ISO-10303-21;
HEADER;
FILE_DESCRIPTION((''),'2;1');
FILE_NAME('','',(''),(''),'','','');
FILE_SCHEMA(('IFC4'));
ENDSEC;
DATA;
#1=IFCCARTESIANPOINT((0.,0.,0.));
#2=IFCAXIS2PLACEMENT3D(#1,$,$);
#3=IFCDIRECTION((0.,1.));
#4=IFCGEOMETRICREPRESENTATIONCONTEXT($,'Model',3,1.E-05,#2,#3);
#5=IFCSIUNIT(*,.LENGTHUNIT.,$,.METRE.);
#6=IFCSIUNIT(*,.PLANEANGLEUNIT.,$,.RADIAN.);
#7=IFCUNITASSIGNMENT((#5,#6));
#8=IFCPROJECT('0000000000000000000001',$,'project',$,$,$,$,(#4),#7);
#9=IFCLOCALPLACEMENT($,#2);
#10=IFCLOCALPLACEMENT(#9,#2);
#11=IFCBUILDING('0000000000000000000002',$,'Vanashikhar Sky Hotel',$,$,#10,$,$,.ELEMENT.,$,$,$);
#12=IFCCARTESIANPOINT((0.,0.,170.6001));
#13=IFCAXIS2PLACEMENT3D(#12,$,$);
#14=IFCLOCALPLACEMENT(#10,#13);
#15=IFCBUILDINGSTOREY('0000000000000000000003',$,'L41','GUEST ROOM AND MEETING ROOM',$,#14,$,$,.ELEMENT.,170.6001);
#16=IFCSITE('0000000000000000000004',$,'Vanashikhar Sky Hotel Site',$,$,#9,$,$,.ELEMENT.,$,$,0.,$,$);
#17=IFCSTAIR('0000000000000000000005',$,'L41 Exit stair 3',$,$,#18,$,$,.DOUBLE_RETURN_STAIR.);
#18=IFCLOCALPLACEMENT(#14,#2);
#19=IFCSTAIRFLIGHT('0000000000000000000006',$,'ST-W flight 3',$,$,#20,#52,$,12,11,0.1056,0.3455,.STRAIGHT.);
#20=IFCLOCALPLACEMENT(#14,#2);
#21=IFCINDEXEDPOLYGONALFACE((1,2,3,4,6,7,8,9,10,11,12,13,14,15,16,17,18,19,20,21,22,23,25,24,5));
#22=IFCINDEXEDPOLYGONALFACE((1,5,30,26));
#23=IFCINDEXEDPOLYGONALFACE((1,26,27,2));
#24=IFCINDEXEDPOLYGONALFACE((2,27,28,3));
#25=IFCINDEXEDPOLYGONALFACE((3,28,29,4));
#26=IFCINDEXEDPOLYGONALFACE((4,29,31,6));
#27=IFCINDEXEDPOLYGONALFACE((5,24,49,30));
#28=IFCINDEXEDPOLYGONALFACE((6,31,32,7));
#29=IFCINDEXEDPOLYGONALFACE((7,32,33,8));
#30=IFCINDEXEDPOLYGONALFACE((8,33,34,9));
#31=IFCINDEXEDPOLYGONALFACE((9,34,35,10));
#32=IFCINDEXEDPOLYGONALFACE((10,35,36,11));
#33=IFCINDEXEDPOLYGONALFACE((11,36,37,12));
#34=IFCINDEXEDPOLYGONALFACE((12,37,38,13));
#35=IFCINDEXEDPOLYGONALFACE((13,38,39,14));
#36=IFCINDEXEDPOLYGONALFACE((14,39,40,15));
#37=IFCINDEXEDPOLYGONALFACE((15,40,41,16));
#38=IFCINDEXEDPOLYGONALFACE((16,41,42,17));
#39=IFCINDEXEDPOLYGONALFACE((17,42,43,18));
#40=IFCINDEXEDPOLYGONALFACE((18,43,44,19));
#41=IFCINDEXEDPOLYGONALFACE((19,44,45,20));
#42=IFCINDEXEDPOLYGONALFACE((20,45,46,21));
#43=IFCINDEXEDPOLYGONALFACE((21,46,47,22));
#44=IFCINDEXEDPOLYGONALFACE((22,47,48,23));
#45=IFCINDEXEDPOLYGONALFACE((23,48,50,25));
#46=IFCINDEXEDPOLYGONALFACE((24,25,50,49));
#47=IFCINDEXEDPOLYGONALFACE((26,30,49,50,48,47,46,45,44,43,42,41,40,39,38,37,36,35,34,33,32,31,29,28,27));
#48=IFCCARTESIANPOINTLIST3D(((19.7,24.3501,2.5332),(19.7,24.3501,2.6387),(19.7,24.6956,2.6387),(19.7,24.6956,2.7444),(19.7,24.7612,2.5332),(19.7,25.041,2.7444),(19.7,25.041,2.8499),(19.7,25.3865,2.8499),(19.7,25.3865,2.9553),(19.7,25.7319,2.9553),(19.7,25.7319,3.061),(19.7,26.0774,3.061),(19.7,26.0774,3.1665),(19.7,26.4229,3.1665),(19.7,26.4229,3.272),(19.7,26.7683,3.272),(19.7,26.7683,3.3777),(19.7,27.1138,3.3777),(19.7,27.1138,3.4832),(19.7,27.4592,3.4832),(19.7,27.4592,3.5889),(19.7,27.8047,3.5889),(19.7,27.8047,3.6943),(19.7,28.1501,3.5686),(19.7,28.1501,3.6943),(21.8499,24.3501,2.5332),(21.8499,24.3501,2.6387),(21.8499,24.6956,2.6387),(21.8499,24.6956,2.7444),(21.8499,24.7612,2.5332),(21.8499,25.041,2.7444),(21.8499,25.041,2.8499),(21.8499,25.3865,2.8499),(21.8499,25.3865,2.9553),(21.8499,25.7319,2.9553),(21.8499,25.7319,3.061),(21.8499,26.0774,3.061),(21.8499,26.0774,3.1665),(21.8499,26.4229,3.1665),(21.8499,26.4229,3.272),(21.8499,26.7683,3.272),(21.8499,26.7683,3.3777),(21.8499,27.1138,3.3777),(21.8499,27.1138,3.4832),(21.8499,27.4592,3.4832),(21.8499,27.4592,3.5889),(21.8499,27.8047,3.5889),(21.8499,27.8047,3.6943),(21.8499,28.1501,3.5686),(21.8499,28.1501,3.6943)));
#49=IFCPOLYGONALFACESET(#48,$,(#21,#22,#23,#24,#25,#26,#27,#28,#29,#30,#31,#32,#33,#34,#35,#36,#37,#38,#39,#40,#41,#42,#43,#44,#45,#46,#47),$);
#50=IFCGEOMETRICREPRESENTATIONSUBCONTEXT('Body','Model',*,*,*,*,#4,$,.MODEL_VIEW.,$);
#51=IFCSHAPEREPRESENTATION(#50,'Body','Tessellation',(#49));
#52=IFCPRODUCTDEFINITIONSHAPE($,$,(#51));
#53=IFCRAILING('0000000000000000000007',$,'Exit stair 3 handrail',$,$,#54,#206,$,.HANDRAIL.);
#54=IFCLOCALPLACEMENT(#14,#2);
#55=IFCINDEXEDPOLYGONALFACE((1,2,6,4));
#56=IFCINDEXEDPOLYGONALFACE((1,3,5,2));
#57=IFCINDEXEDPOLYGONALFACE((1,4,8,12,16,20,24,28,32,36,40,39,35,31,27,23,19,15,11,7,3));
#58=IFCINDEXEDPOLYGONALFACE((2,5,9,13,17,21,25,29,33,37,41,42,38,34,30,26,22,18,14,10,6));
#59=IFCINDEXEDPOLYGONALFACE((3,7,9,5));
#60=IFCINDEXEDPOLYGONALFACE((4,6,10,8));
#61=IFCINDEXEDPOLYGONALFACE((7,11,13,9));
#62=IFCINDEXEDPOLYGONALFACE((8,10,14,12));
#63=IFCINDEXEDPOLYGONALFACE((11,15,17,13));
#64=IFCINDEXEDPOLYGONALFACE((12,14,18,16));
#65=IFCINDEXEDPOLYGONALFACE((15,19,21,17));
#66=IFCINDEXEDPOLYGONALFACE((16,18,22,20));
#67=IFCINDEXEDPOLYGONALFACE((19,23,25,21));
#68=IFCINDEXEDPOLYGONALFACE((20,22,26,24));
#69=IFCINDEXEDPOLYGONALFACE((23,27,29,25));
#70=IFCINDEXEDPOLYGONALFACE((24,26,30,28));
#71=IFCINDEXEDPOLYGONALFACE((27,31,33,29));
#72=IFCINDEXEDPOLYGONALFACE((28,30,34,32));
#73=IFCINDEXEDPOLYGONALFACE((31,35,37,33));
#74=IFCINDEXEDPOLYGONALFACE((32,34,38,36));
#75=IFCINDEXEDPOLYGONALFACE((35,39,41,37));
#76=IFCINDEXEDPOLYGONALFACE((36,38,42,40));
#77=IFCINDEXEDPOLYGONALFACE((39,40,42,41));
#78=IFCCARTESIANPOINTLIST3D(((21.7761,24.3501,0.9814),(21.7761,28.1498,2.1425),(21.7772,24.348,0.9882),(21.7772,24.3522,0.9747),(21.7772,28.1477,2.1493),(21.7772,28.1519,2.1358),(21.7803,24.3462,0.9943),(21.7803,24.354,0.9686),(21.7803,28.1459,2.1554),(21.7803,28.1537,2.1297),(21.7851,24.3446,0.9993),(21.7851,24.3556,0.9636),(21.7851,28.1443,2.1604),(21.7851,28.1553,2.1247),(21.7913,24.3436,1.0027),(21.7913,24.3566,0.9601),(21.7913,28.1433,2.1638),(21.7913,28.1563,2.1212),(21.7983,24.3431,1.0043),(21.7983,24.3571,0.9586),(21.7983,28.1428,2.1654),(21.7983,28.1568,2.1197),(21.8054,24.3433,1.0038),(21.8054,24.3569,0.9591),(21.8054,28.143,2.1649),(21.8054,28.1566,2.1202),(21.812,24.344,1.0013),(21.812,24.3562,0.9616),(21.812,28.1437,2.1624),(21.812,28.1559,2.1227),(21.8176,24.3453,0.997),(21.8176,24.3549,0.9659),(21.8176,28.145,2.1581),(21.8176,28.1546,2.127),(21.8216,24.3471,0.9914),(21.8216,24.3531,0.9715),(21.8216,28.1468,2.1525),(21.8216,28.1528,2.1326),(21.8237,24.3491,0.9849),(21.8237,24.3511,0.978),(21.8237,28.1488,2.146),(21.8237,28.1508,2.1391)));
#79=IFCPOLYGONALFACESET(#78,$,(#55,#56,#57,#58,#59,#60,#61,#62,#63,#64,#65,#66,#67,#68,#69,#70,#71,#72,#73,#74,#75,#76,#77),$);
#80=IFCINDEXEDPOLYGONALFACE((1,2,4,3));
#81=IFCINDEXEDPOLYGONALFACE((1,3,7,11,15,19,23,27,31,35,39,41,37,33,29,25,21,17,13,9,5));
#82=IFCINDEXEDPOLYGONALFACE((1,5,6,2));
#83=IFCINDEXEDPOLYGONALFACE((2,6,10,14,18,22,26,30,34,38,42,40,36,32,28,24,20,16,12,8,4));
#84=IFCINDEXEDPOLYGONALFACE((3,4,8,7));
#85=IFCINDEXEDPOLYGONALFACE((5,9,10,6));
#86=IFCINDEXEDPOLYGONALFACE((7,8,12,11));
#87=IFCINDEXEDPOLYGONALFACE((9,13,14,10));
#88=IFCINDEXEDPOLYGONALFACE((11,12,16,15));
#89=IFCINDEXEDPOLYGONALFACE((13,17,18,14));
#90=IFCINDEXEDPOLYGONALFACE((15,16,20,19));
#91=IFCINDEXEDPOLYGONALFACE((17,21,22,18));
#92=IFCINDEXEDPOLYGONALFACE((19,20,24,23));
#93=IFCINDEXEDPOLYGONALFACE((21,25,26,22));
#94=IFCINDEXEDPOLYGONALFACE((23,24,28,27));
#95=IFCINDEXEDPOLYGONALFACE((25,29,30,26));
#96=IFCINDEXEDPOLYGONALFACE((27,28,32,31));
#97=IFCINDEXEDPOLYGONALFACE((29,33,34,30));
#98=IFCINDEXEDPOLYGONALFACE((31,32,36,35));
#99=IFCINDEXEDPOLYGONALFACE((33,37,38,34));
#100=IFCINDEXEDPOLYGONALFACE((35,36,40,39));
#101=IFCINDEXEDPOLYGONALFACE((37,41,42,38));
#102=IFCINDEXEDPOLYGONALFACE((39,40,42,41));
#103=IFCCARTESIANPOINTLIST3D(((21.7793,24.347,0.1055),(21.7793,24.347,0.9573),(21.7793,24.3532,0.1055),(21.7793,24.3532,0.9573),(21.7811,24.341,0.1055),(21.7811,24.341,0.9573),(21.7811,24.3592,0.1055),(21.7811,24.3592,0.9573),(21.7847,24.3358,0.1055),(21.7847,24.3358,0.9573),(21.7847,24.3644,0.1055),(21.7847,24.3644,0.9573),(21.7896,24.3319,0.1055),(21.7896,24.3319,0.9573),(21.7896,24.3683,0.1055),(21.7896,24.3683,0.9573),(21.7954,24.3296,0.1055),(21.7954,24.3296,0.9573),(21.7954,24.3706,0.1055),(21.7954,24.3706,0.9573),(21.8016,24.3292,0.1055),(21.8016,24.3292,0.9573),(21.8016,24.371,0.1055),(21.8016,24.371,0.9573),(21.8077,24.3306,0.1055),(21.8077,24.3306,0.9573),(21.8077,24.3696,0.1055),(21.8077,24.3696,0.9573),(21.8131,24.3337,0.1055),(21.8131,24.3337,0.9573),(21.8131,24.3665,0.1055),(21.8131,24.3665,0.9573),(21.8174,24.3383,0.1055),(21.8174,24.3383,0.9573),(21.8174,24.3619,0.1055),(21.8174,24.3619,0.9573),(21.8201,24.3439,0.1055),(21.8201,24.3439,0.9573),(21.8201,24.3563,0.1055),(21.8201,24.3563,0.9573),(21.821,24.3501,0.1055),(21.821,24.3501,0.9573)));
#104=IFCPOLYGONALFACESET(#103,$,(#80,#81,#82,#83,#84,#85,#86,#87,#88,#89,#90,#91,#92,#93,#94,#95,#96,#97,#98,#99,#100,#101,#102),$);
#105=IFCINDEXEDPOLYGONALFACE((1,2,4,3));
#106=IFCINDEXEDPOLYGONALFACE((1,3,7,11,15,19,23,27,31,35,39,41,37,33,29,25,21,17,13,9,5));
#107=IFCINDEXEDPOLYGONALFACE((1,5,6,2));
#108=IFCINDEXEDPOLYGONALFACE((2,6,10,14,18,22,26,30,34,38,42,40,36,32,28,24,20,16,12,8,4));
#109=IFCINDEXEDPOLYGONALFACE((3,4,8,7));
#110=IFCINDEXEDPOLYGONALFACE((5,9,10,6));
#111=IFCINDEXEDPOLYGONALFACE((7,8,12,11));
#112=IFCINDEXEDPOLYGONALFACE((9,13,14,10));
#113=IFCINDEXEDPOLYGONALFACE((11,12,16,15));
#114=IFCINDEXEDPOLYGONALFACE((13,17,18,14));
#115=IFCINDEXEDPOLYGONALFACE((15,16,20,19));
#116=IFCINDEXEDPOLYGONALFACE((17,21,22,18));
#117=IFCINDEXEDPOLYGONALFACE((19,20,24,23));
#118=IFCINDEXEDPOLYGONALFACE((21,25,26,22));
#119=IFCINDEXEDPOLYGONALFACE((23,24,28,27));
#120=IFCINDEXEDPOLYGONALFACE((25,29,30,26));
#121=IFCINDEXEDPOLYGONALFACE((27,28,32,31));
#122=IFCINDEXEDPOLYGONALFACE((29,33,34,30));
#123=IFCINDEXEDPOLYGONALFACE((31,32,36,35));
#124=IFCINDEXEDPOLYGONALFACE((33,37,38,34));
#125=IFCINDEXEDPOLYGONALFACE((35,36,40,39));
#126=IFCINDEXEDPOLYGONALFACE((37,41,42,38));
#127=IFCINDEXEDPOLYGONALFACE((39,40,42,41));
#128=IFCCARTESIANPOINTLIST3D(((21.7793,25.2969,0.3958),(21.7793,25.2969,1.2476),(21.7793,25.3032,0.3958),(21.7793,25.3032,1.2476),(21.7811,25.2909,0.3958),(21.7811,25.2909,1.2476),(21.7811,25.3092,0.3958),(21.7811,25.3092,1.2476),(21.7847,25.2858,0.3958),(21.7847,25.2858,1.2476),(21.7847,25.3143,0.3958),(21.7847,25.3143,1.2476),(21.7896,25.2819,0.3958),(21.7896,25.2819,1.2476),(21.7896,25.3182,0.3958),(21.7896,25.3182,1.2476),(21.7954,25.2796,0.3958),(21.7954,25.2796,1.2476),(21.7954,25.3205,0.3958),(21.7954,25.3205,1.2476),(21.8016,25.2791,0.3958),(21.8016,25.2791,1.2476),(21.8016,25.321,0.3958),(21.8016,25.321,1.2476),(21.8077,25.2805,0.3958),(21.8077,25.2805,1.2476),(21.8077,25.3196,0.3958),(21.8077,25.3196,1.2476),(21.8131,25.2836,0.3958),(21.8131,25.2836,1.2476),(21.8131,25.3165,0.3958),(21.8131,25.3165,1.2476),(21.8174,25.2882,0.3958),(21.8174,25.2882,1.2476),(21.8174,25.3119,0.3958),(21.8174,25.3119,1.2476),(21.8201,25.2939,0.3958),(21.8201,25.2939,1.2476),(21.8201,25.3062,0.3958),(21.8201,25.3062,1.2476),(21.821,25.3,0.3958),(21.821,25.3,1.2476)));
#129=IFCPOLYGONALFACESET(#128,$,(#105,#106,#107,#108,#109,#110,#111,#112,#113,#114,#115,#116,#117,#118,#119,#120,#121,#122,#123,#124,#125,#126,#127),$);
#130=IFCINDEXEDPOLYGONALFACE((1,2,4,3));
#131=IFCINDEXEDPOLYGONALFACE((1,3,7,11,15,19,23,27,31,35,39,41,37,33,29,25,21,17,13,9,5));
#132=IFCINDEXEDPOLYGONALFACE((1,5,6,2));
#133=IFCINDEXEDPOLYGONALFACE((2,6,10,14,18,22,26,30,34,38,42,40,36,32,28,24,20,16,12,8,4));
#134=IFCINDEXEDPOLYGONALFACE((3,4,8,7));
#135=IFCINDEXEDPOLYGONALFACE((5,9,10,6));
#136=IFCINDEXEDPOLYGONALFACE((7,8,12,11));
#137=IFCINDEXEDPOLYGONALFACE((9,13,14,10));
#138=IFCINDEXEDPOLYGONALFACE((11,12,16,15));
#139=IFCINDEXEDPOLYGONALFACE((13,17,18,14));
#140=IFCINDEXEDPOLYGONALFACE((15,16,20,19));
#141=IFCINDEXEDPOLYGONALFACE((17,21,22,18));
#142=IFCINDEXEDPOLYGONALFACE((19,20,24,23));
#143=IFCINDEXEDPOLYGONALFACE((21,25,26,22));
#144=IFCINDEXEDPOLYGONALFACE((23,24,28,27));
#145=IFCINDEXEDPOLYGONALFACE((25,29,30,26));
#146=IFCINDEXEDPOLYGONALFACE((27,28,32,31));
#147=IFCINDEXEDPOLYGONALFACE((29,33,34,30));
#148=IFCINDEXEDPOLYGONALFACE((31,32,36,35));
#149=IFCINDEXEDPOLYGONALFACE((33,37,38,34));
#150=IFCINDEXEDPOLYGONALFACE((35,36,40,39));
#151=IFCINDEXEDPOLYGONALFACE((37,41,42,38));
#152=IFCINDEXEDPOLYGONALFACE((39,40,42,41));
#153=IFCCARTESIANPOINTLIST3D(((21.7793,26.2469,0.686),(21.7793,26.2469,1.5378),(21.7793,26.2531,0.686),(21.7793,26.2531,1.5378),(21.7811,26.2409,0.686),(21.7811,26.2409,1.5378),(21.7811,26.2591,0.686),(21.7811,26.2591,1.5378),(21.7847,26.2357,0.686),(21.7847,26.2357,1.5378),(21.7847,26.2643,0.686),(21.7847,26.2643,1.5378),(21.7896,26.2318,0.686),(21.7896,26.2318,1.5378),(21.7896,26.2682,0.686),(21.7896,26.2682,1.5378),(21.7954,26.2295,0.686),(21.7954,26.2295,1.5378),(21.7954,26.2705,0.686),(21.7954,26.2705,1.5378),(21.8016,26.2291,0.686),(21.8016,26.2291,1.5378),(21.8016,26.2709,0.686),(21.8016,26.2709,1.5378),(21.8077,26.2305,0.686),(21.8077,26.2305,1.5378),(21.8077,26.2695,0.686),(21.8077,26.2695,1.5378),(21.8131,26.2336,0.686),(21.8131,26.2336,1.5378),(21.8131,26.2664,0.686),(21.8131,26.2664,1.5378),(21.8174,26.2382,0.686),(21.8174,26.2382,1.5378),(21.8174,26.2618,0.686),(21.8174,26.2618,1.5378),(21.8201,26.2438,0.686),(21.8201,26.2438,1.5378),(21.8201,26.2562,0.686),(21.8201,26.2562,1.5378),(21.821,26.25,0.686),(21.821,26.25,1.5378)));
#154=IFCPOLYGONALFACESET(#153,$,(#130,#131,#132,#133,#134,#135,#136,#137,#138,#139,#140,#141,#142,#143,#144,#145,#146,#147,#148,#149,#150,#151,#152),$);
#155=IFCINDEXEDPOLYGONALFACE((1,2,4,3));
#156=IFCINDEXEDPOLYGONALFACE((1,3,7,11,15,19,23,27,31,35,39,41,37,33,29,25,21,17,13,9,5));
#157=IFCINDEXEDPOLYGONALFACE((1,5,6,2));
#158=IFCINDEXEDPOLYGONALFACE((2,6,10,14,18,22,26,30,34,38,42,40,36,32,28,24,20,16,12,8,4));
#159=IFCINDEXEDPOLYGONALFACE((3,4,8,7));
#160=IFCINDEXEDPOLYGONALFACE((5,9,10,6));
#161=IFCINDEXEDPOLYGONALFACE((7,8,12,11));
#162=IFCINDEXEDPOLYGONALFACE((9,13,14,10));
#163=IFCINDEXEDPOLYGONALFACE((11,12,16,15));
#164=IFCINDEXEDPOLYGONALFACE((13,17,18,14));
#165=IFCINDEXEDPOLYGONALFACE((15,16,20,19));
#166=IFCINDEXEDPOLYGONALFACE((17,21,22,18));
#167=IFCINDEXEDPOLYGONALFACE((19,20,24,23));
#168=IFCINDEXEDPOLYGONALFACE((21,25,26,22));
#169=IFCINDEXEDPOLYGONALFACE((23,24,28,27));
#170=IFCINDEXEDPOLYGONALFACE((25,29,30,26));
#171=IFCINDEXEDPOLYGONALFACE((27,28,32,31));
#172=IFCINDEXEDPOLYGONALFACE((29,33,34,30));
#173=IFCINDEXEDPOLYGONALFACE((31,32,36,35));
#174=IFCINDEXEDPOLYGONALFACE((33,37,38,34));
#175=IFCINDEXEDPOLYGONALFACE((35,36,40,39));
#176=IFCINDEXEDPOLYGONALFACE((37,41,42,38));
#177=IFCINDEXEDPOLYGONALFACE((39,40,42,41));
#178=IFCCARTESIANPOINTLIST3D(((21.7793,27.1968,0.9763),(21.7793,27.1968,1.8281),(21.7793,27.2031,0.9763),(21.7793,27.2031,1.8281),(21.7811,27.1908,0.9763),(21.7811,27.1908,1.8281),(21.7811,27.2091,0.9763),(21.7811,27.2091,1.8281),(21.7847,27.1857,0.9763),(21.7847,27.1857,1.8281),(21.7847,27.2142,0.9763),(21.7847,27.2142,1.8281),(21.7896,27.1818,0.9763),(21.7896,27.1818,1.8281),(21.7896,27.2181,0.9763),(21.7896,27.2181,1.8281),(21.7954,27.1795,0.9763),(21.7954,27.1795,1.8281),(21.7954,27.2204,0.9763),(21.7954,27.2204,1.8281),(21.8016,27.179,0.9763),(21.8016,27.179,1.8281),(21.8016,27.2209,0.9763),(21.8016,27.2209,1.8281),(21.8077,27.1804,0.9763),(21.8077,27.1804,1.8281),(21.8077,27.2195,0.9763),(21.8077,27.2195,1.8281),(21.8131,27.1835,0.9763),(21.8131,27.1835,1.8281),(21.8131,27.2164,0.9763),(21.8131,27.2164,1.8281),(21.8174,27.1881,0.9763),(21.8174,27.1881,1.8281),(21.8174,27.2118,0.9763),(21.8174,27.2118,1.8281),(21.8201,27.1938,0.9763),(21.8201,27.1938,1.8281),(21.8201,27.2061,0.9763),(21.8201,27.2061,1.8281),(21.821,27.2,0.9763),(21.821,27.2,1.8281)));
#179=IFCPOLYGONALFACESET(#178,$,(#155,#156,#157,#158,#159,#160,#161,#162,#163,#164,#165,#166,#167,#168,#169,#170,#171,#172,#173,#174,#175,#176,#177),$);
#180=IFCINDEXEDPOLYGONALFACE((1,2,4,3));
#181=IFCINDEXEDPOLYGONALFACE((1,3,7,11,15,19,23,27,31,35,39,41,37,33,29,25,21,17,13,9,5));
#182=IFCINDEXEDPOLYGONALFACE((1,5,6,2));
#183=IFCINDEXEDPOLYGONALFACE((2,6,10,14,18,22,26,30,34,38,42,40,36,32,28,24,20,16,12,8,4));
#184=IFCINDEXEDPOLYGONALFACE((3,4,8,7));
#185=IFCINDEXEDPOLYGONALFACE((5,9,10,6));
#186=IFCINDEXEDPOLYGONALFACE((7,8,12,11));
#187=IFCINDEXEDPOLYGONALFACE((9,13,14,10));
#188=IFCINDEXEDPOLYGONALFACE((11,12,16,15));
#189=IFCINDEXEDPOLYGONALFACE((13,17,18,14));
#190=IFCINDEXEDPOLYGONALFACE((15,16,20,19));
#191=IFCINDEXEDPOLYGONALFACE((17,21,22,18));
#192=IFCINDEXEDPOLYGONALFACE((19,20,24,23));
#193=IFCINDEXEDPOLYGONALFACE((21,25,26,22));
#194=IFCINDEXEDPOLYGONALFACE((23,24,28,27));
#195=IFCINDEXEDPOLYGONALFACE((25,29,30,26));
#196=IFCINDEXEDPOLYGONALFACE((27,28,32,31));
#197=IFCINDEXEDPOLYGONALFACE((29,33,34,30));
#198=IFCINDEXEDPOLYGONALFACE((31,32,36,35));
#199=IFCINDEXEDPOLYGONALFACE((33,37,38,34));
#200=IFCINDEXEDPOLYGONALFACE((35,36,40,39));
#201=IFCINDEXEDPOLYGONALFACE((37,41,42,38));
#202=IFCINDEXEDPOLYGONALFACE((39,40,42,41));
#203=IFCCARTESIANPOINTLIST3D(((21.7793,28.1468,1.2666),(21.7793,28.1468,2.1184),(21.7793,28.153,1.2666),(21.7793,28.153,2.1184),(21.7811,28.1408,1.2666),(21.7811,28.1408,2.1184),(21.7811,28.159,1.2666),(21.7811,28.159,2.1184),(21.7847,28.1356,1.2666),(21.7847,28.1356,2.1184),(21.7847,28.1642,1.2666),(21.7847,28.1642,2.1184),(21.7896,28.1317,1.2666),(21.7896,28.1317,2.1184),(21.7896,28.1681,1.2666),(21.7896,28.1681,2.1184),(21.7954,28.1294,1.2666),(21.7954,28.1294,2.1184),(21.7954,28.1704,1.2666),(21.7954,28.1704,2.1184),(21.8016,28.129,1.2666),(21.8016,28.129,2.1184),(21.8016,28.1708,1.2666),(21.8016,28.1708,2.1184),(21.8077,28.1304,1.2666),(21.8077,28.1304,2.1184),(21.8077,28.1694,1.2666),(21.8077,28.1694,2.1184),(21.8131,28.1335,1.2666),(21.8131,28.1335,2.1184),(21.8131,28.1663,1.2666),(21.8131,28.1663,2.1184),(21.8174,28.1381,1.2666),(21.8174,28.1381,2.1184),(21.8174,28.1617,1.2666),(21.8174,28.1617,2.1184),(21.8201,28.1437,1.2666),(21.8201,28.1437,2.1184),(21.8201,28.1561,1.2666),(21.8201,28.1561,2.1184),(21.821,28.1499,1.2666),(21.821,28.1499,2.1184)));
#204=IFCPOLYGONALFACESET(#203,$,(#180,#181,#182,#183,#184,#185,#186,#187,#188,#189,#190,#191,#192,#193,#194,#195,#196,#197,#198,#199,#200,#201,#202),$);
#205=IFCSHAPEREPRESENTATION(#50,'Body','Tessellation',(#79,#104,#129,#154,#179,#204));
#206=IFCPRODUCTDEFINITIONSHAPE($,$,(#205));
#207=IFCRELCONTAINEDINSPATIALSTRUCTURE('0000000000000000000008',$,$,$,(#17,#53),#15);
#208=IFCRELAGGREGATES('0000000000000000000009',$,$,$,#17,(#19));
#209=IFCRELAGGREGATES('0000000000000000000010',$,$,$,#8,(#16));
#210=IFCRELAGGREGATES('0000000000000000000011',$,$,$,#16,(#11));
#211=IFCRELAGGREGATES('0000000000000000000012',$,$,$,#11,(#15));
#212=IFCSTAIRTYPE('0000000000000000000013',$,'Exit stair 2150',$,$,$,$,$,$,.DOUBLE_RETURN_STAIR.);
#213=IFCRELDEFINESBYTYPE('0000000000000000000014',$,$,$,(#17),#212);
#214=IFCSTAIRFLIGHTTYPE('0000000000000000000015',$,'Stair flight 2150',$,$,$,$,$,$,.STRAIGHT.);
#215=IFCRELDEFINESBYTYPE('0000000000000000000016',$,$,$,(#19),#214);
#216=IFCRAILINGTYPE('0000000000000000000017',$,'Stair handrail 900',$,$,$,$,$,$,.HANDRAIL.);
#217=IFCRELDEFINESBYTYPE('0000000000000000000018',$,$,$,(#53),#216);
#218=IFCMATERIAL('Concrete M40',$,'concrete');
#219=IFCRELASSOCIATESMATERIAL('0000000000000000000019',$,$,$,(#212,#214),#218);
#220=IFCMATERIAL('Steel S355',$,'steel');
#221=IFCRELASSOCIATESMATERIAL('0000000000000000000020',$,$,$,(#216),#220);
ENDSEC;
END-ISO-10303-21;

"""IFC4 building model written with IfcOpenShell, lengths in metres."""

from ifc_helpers import new_model, si_unit, direction, frame, origin, origin_2d, place, context, subcontext, project, spatial, polyline, circle, outline, extrude, source, transform, mapped, material, type_object, element, aggregate, save


model = new_model("IFC4")

# Units and contexts
model_context = context("Model", 3, precision=1e-05, world=origin(), true_north=direction((0.0, 1.0)))
body_context = subcontext(model_context, "Body", "Model", "MODEL_VIEW")
ifc_project = project(units=[si_unit("LENGTHUNIT", "METRE"), si_unit("PLANEANGLEUNIT", "RADIAN")], contexts=[model_context])

# Site, building, storey
site_placement = place(None, origin())
site = spatial("IfcSite", under=ifc_project, at=site_placement, Name="Vanashikhar Sky Hotel Site", CompositionType="ELEMENT", RefElevation=0.0)
building_placement = place(site_placement, origin())
building = spatial("IfcBuilding", under=site, at=building_placement, Name="Vanashikhar Sky Hotel", CompositionType="ELEMENT")
storey_placement = place(building_placement, frame((0.0, 0.0, 170.6001)))
storey = spatial("IfcBuildingStorey", under=building, at=storey_placement, Name="L41", Description="GUEST ROOM AND MEETING ROOM", CompositionType="ELEMENT", Elevation=170.6001)

# Stair, stair flight
ifc_material_1 = material(Name="Concrete M40", Category="concrete")
stair_type = type_object("IfcStairType", Name="Exit stair 2150", PredefinedType="DOUBLE_RETURN_STAIR", material=ifc_material_1)
stair_placement = place(storey_placement, origin())
stair = element("IfcStair", 1, at=stair_placement, inside=storey, type_object=stair_type, Name="L41 Exit stair 3", PredefinedType="DOUBLE_RETURN_STAIR")
stair_flight_type = type_object("IfcStairFlightType", Name="Stair flight 2150", PredefinedType="STRAIGHT", material=ifc_material_1)
shared_shape_1 = source(origin(), body_context, "Body", "SweptSolid", [
    extrude(outline(polyline([(0.0, 0.0), (0.0, 0.1055), (0.3455, 0.1055), (0.3455, 0.2112), (0.6909, 0.2112), (0.6909, 0.3167), (1.0364, 0.3167), (1.0364, 0.4221), (1.3818, 0.4221), (1.3818, 0.5278), (1.7273, 0.5278), (1.7273, 0.6333), (2.0728, 0.6333), (2.0728, 0.7388), (2.4182, 0.7388), (2.4182, 0.8445), (2.7637, 0.8445), (2.7637, 0.95), (3.1091, 0.95), (3.1091, 1.0557), (3.4546, 1.0557), (3.4546, 1.1611), (3.8, 1.1611), (3.8, 1.2666), (3.8, 1.0354), (0.4111, 0.0), (0.0, 0.0)])), frame((0.0, 1.075, 0.0), z_axis=(0.0, -1.0, 0.0), x_axis=(1.0, 0.0, 0.0)), (0.0, 0.0, 1.0), 2.1499),
])
stair_flight_1_placement = place(storey_placement, frame((20.7749, 24.3501, 2.5332), z_axis=(0.0, 0.0, 1.0), x_axis=(0.0, 1.0, 0.0)))
stair_flight_1 = element("IfcStairFlight", 2, at=stair_flight_1_placement, type_object=stair_flight_type, Name="ST-W flight 3", NumberOfRisers=12, NumberOfTreads=11, PredefinedType="STRAIGHT", RiserHeight=0.1056, TreadLength=0.3455, context=body_context, shape_type="MappedRepresentation", body=[
    mapped(shared_shape_1, transform((0.0, 0.0, 0.0), scale=1.0)),
])
aggregate(stair, [stair_flight_1])

# Railing
ifc_material_2 = material(Name="Steel S355", Category="steel")
railing_type_1 = type_object("IfcRailingType", Name="Stair handrail 900", PredefinedType="HANDRAIL", material=ifc_material_2)
shared_shape_2 = source(origin(), body_context, "Body", "SweptSolid", [
    extrude(circle(Radius=0.0239, at=origin_2d()), frame((0.0, 0.0, 0.876), z_axis=(0.0, 0.956346, 0.292237), x_axis=(-1.0, 0.0, 0.0)), (0.0, 0.0, 1.0), 3.9731),
    extrude(circle(Radius=0.021, at=origin_2d()), origin(), (0.0, 0.0, 1.0), 0.8518),
    extrude(circle(Radius=0.021, at=origin_2d()), frame((0.0, 0.95, 0.2903)), (0.0, 0.0, 1.0), 0.8518),
    extrude(circle(Radius=0.021, at=origin_2d()), frame((0.0, 1.8999, 0.5806)), (0.0, 0.0, 1.0), 0.8518),
    extrude(circle(Radius=0.021, at=origin_2d()), frame((0.0, 2.8499, 0.8708)), (0.0, 0.0, 1.0), 0.8518),
    extrude(circle(Radius=0.021, at=origin_2d()), frame((0.0, 3.7998, 1.1611)), (0.0, 0.0, 1.0), 0.8518),
])
railing_1_placement = place(storey_placement, frame((21.8, 24.3501, 0.1055)))
element("IfcRailing", 3, at=railing_1_placement, inside=storey, type_object=railing_type_1, Name="Exit stair 3 handrail", PredefinedType="HANDRAIL", context=body_context, shape_type="MappedRepresentation", body=[
    mapped(shared_shape_2, transform((0.0, 0.0, 0.0), scale=1.0)),
])

save(model, "model.ifc")
